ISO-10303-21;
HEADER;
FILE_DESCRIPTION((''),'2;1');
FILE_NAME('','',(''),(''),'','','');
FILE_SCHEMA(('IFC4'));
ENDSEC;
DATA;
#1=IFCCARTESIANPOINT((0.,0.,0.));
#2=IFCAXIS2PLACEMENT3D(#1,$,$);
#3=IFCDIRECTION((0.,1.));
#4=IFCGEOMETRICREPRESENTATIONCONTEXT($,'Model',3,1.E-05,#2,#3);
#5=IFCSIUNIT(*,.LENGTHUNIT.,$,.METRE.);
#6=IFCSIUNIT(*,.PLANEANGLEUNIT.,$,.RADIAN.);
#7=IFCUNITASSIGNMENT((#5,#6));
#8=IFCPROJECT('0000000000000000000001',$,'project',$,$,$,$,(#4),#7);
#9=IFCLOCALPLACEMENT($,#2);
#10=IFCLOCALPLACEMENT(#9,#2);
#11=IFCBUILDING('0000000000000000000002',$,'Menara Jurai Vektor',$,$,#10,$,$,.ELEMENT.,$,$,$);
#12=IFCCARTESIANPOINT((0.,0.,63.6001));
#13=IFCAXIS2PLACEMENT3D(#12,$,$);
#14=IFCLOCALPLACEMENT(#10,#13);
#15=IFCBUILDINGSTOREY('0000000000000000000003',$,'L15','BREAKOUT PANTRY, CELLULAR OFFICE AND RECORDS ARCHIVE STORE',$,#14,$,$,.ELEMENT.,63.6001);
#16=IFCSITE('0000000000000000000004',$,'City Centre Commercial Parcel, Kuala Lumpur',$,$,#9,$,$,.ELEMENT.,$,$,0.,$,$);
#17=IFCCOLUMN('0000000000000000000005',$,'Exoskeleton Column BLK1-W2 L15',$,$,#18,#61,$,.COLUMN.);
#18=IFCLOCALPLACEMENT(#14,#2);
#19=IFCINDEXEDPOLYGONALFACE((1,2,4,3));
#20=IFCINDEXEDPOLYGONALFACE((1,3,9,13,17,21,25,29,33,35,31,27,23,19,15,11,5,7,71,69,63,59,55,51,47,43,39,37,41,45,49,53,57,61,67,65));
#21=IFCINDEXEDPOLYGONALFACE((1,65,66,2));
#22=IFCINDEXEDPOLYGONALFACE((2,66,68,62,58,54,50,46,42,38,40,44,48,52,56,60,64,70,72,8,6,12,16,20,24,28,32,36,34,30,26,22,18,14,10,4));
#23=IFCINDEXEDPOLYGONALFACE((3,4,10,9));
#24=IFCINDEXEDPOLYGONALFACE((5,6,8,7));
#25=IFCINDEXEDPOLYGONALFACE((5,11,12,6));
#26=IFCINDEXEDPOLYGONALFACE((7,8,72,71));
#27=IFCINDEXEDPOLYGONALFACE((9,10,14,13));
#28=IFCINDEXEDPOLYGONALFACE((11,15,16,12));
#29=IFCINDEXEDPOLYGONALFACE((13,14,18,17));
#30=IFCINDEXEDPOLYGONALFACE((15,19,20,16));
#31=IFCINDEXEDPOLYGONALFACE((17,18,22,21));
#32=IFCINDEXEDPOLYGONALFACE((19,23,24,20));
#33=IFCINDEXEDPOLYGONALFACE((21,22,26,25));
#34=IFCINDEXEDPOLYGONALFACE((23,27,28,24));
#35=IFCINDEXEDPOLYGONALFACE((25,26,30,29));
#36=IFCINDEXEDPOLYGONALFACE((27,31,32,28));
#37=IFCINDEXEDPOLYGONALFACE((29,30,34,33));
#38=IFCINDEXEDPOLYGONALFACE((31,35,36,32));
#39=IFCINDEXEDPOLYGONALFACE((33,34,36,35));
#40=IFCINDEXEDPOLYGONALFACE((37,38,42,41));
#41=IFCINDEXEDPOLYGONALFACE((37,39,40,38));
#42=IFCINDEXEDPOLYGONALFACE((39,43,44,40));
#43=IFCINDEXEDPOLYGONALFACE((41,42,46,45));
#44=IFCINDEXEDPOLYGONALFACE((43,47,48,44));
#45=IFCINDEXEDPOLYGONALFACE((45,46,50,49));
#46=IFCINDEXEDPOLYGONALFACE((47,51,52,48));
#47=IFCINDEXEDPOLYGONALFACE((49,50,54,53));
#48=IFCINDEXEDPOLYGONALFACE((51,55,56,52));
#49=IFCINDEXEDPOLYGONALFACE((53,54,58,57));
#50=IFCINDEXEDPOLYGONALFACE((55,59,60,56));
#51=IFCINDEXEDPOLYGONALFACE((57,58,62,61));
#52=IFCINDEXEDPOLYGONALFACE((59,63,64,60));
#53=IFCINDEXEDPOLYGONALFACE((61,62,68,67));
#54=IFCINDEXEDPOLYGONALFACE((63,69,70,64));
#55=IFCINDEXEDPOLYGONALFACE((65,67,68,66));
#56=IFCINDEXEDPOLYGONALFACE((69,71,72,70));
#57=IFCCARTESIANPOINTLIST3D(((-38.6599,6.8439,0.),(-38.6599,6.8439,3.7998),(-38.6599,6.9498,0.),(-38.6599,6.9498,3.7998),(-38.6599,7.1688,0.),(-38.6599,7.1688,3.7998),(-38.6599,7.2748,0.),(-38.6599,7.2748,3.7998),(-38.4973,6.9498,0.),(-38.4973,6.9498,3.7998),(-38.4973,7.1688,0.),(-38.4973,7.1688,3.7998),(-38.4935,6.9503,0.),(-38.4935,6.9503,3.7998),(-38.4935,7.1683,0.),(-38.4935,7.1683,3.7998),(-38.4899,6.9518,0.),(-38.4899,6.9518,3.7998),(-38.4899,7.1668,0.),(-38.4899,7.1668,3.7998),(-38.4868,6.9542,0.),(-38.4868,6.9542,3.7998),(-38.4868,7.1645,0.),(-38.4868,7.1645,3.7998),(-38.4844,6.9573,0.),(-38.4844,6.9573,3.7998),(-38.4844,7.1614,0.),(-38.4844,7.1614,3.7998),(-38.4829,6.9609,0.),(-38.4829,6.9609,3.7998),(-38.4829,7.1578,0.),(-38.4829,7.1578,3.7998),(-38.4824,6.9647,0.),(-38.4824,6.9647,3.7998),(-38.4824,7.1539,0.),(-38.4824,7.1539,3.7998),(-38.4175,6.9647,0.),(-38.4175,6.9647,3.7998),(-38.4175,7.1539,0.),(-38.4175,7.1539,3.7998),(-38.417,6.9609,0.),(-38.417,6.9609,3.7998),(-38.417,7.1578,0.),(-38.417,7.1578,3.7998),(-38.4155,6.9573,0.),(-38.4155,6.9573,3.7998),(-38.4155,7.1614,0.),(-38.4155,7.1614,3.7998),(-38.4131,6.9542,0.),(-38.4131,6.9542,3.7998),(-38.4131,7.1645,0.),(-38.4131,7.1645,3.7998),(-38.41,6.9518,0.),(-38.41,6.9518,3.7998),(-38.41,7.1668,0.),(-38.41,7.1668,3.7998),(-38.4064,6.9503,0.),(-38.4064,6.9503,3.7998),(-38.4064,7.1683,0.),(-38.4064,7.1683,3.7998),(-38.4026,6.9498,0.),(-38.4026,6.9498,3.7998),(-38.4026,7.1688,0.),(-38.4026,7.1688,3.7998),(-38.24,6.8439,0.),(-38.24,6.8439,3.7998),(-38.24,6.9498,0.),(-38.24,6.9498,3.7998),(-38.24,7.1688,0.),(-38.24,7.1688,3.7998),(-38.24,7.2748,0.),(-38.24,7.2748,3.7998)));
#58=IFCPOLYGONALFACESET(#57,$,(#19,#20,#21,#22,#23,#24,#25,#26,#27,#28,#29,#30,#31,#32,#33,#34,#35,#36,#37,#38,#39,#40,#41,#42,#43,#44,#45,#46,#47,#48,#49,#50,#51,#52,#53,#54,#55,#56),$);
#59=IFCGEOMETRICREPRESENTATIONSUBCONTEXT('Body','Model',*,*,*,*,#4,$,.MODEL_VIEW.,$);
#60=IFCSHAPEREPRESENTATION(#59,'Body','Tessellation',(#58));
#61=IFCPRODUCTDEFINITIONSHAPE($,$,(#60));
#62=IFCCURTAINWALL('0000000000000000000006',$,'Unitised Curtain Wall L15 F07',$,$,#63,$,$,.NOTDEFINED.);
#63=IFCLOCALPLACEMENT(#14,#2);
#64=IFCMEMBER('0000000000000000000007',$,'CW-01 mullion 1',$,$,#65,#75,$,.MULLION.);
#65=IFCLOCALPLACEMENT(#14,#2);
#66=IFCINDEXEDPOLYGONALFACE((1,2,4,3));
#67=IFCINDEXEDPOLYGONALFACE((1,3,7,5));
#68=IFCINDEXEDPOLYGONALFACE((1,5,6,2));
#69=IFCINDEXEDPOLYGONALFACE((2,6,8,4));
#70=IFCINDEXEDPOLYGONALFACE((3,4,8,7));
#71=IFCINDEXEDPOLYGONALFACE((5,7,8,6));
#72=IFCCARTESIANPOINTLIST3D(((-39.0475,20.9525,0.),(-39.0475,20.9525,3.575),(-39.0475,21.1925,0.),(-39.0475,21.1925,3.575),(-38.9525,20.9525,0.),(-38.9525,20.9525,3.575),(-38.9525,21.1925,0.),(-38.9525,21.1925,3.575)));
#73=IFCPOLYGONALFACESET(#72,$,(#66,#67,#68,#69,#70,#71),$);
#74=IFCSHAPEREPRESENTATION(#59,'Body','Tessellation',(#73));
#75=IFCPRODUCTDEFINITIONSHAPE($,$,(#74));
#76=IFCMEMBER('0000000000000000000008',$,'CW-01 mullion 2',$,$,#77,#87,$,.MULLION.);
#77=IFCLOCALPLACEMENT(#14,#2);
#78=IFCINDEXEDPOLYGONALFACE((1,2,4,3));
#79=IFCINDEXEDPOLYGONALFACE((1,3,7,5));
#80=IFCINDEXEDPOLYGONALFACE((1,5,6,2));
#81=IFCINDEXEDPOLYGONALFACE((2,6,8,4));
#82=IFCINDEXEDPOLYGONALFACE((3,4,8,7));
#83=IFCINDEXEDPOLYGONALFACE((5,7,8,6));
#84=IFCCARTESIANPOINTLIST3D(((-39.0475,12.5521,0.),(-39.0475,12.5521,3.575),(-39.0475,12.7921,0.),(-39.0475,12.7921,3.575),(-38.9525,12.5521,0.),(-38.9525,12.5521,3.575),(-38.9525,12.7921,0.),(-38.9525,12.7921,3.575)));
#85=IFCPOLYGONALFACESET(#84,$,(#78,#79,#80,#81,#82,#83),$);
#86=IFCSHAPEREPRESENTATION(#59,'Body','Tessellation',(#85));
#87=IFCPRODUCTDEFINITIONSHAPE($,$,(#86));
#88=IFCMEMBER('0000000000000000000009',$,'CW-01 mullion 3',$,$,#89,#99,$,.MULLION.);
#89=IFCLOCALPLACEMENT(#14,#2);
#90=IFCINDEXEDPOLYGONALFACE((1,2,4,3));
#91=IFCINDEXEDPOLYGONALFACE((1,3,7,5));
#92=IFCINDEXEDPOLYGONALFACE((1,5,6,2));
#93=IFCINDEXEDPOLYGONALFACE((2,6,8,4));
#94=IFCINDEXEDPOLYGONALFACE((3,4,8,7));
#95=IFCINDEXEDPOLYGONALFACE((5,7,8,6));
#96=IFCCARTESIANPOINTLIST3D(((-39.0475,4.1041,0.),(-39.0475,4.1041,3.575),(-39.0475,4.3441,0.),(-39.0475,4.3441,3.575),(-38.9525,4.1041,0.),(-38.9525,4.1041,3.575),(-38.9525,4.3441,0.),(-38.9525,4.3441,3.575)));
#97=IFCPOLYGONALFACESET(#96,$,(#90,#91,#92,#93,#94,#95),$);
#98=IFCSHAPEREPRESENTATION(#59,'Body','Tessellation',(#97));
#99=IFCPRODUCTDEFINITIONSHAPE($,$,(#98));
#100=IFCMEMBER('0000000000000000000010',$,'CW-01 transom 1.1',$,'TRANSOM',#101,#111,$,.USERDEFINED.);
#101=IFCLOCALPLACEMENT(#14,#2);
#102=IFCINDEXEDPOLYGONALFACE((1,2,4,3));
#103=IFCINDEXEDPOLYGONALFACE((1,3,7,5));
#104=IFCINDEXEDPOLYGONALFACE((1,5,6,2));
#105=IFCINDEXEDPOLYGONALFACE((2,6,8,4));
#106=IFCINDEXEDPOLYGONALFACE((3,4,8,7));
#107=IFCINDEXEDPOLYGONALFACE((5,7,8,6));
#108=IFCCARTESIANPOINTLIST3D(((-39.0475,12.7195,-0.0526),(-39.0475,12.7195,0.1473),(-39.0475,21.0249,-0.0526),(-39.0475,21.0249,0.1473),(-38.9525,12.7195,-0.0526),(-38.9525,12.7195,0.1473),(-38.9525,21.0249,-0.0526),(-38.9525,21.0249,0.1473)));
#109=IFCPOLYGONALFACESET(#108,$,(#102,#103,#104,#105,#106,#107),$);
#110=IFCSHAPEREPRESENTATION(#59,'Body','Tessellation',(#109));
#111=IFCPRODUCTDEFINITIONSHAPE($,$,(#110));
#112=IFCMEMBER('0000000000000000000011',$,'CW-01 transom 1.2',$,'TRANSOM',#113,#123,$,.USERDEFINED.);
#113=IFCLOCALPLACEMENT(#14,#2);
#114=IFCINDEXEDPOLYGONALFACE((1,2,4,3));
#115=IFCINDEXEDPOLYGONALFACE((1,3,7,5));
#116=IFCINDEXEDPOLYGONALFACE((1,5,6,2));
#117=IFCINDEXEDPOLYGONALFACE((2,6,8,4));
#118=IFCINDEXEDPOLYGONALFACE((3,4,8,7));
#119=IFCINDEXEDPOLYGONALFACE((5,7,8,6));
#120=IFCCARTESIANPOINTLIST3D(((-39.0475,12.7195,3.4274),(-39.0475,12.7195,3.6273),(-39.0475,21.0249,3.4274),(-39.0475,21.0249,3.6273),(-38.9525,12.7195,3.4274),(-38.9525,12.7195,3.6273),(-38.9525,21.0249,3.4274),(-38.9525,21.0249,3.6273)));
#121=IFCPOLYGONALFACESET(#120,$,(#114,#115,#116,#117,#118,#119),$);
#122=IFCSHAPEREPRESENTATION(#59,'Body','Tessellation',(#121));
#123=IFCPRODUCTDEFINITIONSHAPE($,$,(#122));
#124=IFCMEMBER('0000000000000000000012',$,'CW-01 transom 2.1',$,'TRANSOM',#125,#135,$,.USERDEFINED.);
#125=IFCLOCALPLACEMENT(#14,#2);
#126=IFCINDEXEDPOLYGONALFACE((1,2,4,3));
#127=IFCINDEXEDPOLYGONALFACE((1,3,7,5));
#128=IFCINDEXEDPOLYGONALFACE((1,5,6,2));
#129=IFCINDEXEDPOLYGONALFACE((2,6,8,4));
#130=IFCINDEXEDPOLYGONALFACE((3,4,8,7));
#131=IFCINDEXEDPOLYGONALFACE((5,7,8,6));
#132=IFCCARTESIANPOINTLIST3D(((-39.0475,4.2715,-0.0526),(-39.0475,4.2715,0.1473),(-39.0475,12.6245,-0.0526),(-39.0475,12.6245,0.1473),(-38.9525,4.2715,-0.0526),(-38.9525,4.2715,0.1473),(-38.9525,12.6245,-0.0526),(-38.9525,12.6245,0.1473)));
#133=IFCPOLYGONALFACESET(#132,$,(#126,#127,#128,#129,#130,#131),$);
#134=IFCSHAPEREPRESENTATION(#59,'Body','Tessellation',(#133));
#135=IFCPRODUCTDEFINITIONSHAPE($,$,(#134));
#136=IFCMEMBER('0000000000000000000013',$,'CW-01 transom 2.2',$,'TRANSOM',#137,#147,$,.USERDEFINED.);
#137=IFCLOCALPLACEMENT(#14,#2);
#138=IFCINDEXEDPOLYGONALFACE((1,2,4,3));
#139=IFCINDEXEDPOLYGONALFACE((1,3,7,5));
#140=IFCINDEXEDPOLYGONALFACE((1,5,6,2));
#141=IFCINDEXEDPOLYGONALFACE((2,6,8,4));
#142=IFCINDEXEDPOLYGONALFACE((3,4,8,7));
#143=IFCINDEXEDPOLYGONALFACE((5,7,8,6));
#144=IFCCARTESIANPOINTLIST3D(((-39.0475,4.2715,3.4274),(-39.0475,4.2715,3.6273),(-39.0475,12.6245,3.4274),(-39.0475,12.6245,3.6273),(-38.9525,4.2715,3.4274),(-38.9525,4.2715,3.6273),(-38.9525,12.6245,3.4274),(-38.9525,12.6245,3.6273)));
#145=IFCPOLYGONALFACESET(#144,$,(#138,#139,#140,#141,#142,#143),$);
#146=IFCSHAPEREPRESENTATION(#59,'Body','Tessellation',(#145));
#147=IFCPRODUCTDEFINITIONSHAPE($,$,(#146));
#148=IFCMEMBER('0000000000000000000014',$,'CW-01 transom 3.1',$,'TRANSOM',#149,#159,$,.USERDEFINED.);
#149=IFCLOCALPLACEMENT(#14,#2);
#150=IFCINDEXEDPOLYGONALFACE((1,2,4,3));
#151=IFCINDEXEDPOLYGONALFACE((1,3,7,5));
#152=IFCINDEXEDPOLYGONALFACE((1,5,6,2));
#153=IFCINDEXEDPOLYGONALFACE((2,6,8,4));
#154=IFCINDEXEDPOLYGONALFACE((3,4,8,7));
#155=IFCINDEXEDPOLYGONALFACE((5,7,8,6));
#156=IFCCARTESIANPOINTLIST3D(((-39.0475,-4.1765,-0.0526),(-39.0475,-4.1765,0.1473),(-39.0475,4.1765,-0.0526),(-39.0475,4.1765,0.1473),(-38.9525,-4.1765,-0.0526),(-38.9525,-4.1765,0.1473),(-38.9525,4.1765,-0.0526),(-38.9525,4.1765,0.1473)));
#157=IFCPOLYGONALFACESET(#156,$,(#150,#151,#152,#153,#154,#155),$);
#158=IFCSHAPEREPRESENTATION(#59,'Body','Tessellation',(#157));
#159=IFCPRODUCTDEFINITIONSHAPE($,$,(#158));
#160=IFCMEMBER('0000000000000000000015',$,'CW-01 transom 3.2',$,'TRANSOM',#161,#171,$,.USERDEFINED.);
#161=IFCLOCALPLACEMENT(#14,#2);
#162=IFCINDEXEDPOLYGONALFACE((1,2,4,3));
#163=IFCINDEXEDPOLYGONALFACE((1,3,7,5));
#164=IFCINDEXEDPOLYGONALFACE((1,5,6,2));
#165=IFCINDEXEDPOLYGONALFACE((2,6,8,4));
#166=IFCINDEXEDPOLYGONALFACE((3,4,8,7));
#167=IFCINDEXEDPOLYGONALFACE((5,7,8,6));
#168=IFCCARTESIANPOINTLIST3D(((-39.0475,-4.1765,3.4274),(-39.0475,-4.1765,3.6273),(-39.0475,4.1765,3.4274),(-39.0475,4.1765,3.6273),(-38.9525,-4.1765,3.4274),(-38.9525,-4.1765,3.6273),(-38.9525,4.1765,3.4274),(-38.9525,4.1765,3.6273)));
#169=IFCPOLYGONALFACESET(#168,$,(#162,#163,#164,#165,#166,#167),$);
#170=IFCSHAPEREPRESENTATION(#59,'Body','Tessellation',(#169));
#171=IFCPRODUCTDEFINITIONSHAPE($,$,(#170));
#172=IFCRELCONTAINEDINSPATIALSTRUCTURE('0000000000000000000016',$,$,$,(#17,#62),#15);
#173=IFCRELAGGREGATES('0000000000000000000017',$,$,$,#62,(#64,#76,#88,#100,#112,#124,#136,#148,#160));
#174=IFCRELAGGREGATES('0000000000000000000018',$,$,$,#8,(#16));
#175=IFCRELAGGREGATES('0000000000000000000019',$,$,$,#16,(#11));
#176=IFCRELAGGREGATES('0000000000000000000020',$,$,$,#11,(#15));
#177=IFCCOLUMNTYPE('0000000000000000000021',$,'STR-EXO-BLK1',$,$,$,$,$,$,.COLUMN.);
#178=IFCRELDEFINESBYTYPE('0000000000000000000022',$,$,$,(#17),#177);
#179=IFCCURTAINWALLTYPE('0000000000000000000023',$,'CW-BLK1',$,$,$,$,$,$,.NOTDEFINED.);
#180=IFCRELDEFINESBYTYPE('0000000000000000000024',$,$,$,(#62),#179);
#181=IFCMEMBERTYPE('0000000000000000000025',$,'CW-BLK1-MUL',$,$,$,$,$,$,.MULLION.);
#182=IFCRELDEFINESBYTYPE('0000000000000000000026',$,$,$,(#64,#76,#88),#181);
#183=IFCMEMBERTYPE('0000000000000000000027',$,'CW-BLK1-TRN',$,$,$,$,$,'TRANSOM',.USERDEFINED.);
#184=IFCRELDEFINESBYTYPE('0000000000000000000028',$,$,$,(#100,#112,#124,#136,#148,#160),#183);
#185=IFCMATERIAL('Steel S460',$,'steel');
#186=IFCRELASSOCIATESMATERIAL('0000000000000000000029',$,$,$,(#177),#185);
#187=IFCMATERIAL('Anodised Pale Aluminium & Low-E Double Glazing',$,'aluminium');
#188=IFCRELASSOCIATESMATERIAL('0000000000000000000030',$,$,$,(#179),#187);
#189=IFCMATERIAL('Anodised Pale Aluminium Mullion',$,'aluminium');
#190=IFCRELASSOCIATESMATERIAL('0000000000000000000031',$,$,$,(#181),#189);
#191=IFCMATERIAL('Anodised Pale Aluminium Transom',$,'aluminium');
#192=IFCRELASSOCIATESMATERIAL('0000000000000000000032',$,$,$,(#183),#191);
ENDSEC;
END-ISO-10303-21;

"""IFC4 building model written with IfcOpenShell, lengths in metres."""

from ifc_helpers import new_model, si_unit, direction, frame, origin, origin_2d, place, context, subcontext, project, spatial, rectangle, i_section, extrude, material, material_profile, profile_set, type_object, element, aggregate, save


model = new_model("IFC4")

# Units and contexts
model_context = context("Model", 3, precision=1e-05, world=origin(), true_north=direction((0.0, 1.0)))
body_context = subcontext(model_context, "Body", "Model", "MODEL_VIEW")
ifc_project = project(units=[si_unit("LENGTHUNIT", "METRE"), si_unit("PLANEANGLEUNIT", "RADIAN")], contexts=[model_context])

# Site, building, storey
site_placement = place(None, origin())
site = spatial("IfcSite", under=ifc_project, at=site_placement, Name="City Centre Commercial Parcel, Kuala Lumpur", CompositionType="ELEMENT", RefElevation=0.0)
building_placement = place(site_placement, origin())
building = spatial("IfcBuilding", under=site, at=building_placement, Name="Menara Jurai Vektor", CompositionType="ELEMENT")
storey_placement = place(building_placement, frame((0.0, 0.0, 63.6001)))
storey = spatial("IfcBuildingStorey", under=building, at=storey_placement, Name="L15", Description="BREAKOUT PANTRY, CELLULAR OFFICE AND RECORDS ARCHIVE STORE", CompositionType="ELEMENT", Elevation=63.6001)

# Column
ifc_material_1 = material(Name="Steel S460", Category="steel")
ifc_material_profile_1 = material_profile(ifc_material_1, i_section(OverallWidth=0.4199, OverallDepth=0.4309, WebThickness=0.0649, FlangeThickness=0.106, FilletRadius=0.0149, at=origin_2d()), Name="HD 400x900")
ifc_profile_set_1 = profile_set([ifc_material_profile_1], Name="Steel S460")
column_type = type_object("IfcColumnType", Name="STR-EXO-BLK1", PredefinedType="COLUMN", material=ifc_profile_set_1)
column_placement = place(storey_placement, frame((-38.45, 7.0593, 0.0), z_axis=(0.0, 0.0, 1.0), x_axis=(1.0, 0.0, 0.0)))
element("IfcColumn", 1, at=column_placement, inside=storey, type_object=column_type, Name="Exoskeleton Column BLK1-W2 L15", PredefinedType="COLUMN", context=body_context, shape_type="SweptSolid", body=[
    extrude(i_section(OverallWidth=0.4199, OverallDepth=0.4309, WebThickness=0.0649, FlangeThickness=0.106, FilletRadius=0.0149, at=origin_2d()), origin(), (0.0, 0.0, 1.0), 3.7998),
])

# Curtain wall, members
ifc_material_2 = material(Name="Anodised Pale Aluminium & Low-E Double Glazing", Category="aluminium")
curtain_wall_type = type_object("IfcCurtainWallType", Name="CW-BLK1", PredefinedType="NOTDEFINED", material=ifc_material_2)
curtain_wall_placement = place(storey_placement, origin())
curtain_wall = element("IfcCurtainWall", 2, at=curtain_wall_placement, inside=storey, type_object=curtain_wall_type, Name="Unitised Curtain Wall L15 F07", PredefinedType="NOTDEFINED")
ifc_material_3 = material(Name="Anodised Pale Aluminium Mullion", Category="aluminium")
ifc_material_profile_2 = material_profile(ifc_material_3, rectangle(XDim=0.095, YDim=0.24, at=origin_2d()), Name="ALU MUL 95x240")
ifc_profile_set_2 = profile_set([ifc_material_profile_2], Name="Anodised Pale Aluminium Mullion")
member_type_1 = type_object("IfcMemberType", Name="CW-BLK1-MUL", PredefinedType="MULLION", material=ifc_profile_set_2)
member_1_placement = place(storey_placement, frame((-39.0, 21.0725, 0.0), z_axis=(0.0, 0.0, 1.0), x_axis=(1.0, 0.0, 0.0)))
member_1 = element("IfcMember", 3, at=member_1_placement, type_object=member_type_1, Name="CW-01 mullion 1", PredefinedType="MULLION", context=body_context, shape_type="SweptSolid", body=[
    extrude(rectangle(XDim=0.095, YDim=0.24, at=origin_2d()), origin(), (0.0, 0.0, 1.0), 3.575),
])
member_2_placement = place(storey_placement, frame((-39.0, 12.6721, 0.0), z_axis=(0.0, 0.0, 1.0), x_axis=(1.0, 0.0, 0.0)))
member_2 = element("IfcMember", 4, at=member_2_placement, type_object=member_type_1, Name="CW-01 mullion 2", PredefinedType="MULLION", context=body_context, shape_type="SweptSolid", body=[
    extrude(rectangle(XDim=0.095, YDim=0.24, at=origin_2d()), origin(), (0.0, 0.0, 1.0), 3.575),
])
member_3_placement = place(storey_placement, frame((-39.0, 4.2241, 0.0), z_axis=(0.0, 0.0, 1.0), x_axis=(1.0, 0.0, 0.0)))
member_3 = element("IfcMember", 5, at=member_3_placement, type_object=member_type_1, Name="CW-01 mullion 3", PredefinedType="MULLION", context=body_context, shape_type="SweptSolid", body=[
    extrude(rectangle(XDim=0.095, YDim=0.24, at=origin_2d()), origin(), (0.0, 0.0, 1.0), 3.575),
])
ifc_material_4 = material(Name="Anodised Pale Aluminium Transom", Category="aluminium")
ifc_material_profile_3 = material_profile(ifc_material_4, rectangle(XDim=0.095, YDim=0.2, at=origin_2d()), Name="ALU TRN 95x200")
ifc_profile_set_3 = profile_set([ifc_material_profile_3], Name="Anodised Pale Aluminium Transom")
member_type_2 = type_object("IfcMemberType", Name="CW-BLK1-TRN", ElementType="TRANSOM", PredefinedType="USERDEFINED", material=ifc_profile_set_3)
member_4_placement = place(storey_placement, frame((-39.0, 21.0249, 0.0474), z_axis=(0.0, -1.0, 0.0), x_axis=(1.0, 0.0, 0.0)))
member_4 = element("IfcMember", 6, at=member_4_placement, type_object=member_type_2, Name="CW-01 transom 1.1", ObjectType="TRANSOM", PredefinedType="USERDEFINED", context=body_context, shape_type="SweptSolid", body=[
    extrude(rectangle(XDim=0.095, YDim=0.2, at=origin_2d()), origin(), (0.0, 0.0, 1.0), 8.3054),
])
member_5_placement = place(storey_placement, frame((-39.0, 21.0249, 3.5273), z_axis=(0.0, -1.0, 0.0), x_axis=(1.0, 0.0, 0.0)))
member_5 = element("IfcMember", 7, at=member_5_placement, type_object=member_type_2, Name="CW-01 transom 1.2", ObjectType="TRANSOM", PredefinedType="USERDEFINED", context=body_context, shape_type="SweptSolid", body=[
    extrude(rectangle(XDim=0.095, YDim=0.2, at=origin_2d()), origin(), (0.0, 0.0, 1.0), 8.3054),
])
member_6_placement = place(storey_placement, frame((-39.0, 12.6245, 0.0474), z_axis=(0.0, -1.0, 0.0), x_axis=(1.0, 0.0, 0.0)))
member_6 = element("IfcMember", 8, at=member_6_placement, type_object=member_type_2, Name="CW-01 transom 2.1", ObjectType="TRANSOM", PredefinedType="USERDEFINED", context=body_context, shape_type="SweptSolid", body=[
    extrude(rectangle(XDim=0.095, YDim=0.2, at=origin_2d()), origin(), (0.0, 0.0, 1.0), 8.353),
])
member_7_placement = place(storey_placement, frame((-39.0, 12.6245, 3.5273), z_axis=(0.0, -1.0, 0.0), x_axis=(1.0, 0.0, 0.0)))
member_7 = element("IfcMember", 9, at=member_7_placement, type_object=member_type_2, Name="CW-01 transom 2.2", ObjectType="TRANSOM", PredefinedType="USERDEFINED", context=body_context, shape_type="SweptSolid", body=[
    extrude(rectangle(XDim=0.095, YDim=0.2, at=origin_2d()), origin(), (0.0, 0.0, 1.0), 8.353),
])
member_8_placement = place(storey_placement, frame((-39.0, 4.1765, 0.0474), z_axis=(0.0, -1.0, 0.0), x_axis=(1.0, 0.0, 0.0)))
member_8 = element("IfcMember", 10, at=member_8_placement, type_object=member_type_2, Name="CW-01 transom 3.1", ObjectType="TRANSOM", PredefinedType="USERDEFINED", context=body_context, shape_type="SweptSolid", body=[
    extrude(rectangle(XDim=0.095, YDim=0.2, at=origin_2d()), origin(), (0.0, 0.0, 1.0), 8.353),
])
member_9_placement = place(storey_placement, frame((-39.0, 4.1765, 3.5273), z_axis=(0.0, -1.0, 0.0), x_axis=(1.0, 0.0, 0.0)))
member_9 = element("IfcMember", 11, at=member_9_placement, type_object=member_type_2, Name="CW-01 transom 3.2", ObjectType="TRANSOM", PredefinedType="USERDEFINED", context=body_context, shape_type="SweptSolid", body=[
    extrude(rectangle(XDim=0.095, YDim=0.2, at=origin_2d()), origin(), (0.0, 0.0, 1.0), 8.353),
])

aggregate(curtain_wall, [member_1, member_2, member_3, member_4, member_5, member_6, member_7, member_8, member_9])

save(model, "model.ifc")
